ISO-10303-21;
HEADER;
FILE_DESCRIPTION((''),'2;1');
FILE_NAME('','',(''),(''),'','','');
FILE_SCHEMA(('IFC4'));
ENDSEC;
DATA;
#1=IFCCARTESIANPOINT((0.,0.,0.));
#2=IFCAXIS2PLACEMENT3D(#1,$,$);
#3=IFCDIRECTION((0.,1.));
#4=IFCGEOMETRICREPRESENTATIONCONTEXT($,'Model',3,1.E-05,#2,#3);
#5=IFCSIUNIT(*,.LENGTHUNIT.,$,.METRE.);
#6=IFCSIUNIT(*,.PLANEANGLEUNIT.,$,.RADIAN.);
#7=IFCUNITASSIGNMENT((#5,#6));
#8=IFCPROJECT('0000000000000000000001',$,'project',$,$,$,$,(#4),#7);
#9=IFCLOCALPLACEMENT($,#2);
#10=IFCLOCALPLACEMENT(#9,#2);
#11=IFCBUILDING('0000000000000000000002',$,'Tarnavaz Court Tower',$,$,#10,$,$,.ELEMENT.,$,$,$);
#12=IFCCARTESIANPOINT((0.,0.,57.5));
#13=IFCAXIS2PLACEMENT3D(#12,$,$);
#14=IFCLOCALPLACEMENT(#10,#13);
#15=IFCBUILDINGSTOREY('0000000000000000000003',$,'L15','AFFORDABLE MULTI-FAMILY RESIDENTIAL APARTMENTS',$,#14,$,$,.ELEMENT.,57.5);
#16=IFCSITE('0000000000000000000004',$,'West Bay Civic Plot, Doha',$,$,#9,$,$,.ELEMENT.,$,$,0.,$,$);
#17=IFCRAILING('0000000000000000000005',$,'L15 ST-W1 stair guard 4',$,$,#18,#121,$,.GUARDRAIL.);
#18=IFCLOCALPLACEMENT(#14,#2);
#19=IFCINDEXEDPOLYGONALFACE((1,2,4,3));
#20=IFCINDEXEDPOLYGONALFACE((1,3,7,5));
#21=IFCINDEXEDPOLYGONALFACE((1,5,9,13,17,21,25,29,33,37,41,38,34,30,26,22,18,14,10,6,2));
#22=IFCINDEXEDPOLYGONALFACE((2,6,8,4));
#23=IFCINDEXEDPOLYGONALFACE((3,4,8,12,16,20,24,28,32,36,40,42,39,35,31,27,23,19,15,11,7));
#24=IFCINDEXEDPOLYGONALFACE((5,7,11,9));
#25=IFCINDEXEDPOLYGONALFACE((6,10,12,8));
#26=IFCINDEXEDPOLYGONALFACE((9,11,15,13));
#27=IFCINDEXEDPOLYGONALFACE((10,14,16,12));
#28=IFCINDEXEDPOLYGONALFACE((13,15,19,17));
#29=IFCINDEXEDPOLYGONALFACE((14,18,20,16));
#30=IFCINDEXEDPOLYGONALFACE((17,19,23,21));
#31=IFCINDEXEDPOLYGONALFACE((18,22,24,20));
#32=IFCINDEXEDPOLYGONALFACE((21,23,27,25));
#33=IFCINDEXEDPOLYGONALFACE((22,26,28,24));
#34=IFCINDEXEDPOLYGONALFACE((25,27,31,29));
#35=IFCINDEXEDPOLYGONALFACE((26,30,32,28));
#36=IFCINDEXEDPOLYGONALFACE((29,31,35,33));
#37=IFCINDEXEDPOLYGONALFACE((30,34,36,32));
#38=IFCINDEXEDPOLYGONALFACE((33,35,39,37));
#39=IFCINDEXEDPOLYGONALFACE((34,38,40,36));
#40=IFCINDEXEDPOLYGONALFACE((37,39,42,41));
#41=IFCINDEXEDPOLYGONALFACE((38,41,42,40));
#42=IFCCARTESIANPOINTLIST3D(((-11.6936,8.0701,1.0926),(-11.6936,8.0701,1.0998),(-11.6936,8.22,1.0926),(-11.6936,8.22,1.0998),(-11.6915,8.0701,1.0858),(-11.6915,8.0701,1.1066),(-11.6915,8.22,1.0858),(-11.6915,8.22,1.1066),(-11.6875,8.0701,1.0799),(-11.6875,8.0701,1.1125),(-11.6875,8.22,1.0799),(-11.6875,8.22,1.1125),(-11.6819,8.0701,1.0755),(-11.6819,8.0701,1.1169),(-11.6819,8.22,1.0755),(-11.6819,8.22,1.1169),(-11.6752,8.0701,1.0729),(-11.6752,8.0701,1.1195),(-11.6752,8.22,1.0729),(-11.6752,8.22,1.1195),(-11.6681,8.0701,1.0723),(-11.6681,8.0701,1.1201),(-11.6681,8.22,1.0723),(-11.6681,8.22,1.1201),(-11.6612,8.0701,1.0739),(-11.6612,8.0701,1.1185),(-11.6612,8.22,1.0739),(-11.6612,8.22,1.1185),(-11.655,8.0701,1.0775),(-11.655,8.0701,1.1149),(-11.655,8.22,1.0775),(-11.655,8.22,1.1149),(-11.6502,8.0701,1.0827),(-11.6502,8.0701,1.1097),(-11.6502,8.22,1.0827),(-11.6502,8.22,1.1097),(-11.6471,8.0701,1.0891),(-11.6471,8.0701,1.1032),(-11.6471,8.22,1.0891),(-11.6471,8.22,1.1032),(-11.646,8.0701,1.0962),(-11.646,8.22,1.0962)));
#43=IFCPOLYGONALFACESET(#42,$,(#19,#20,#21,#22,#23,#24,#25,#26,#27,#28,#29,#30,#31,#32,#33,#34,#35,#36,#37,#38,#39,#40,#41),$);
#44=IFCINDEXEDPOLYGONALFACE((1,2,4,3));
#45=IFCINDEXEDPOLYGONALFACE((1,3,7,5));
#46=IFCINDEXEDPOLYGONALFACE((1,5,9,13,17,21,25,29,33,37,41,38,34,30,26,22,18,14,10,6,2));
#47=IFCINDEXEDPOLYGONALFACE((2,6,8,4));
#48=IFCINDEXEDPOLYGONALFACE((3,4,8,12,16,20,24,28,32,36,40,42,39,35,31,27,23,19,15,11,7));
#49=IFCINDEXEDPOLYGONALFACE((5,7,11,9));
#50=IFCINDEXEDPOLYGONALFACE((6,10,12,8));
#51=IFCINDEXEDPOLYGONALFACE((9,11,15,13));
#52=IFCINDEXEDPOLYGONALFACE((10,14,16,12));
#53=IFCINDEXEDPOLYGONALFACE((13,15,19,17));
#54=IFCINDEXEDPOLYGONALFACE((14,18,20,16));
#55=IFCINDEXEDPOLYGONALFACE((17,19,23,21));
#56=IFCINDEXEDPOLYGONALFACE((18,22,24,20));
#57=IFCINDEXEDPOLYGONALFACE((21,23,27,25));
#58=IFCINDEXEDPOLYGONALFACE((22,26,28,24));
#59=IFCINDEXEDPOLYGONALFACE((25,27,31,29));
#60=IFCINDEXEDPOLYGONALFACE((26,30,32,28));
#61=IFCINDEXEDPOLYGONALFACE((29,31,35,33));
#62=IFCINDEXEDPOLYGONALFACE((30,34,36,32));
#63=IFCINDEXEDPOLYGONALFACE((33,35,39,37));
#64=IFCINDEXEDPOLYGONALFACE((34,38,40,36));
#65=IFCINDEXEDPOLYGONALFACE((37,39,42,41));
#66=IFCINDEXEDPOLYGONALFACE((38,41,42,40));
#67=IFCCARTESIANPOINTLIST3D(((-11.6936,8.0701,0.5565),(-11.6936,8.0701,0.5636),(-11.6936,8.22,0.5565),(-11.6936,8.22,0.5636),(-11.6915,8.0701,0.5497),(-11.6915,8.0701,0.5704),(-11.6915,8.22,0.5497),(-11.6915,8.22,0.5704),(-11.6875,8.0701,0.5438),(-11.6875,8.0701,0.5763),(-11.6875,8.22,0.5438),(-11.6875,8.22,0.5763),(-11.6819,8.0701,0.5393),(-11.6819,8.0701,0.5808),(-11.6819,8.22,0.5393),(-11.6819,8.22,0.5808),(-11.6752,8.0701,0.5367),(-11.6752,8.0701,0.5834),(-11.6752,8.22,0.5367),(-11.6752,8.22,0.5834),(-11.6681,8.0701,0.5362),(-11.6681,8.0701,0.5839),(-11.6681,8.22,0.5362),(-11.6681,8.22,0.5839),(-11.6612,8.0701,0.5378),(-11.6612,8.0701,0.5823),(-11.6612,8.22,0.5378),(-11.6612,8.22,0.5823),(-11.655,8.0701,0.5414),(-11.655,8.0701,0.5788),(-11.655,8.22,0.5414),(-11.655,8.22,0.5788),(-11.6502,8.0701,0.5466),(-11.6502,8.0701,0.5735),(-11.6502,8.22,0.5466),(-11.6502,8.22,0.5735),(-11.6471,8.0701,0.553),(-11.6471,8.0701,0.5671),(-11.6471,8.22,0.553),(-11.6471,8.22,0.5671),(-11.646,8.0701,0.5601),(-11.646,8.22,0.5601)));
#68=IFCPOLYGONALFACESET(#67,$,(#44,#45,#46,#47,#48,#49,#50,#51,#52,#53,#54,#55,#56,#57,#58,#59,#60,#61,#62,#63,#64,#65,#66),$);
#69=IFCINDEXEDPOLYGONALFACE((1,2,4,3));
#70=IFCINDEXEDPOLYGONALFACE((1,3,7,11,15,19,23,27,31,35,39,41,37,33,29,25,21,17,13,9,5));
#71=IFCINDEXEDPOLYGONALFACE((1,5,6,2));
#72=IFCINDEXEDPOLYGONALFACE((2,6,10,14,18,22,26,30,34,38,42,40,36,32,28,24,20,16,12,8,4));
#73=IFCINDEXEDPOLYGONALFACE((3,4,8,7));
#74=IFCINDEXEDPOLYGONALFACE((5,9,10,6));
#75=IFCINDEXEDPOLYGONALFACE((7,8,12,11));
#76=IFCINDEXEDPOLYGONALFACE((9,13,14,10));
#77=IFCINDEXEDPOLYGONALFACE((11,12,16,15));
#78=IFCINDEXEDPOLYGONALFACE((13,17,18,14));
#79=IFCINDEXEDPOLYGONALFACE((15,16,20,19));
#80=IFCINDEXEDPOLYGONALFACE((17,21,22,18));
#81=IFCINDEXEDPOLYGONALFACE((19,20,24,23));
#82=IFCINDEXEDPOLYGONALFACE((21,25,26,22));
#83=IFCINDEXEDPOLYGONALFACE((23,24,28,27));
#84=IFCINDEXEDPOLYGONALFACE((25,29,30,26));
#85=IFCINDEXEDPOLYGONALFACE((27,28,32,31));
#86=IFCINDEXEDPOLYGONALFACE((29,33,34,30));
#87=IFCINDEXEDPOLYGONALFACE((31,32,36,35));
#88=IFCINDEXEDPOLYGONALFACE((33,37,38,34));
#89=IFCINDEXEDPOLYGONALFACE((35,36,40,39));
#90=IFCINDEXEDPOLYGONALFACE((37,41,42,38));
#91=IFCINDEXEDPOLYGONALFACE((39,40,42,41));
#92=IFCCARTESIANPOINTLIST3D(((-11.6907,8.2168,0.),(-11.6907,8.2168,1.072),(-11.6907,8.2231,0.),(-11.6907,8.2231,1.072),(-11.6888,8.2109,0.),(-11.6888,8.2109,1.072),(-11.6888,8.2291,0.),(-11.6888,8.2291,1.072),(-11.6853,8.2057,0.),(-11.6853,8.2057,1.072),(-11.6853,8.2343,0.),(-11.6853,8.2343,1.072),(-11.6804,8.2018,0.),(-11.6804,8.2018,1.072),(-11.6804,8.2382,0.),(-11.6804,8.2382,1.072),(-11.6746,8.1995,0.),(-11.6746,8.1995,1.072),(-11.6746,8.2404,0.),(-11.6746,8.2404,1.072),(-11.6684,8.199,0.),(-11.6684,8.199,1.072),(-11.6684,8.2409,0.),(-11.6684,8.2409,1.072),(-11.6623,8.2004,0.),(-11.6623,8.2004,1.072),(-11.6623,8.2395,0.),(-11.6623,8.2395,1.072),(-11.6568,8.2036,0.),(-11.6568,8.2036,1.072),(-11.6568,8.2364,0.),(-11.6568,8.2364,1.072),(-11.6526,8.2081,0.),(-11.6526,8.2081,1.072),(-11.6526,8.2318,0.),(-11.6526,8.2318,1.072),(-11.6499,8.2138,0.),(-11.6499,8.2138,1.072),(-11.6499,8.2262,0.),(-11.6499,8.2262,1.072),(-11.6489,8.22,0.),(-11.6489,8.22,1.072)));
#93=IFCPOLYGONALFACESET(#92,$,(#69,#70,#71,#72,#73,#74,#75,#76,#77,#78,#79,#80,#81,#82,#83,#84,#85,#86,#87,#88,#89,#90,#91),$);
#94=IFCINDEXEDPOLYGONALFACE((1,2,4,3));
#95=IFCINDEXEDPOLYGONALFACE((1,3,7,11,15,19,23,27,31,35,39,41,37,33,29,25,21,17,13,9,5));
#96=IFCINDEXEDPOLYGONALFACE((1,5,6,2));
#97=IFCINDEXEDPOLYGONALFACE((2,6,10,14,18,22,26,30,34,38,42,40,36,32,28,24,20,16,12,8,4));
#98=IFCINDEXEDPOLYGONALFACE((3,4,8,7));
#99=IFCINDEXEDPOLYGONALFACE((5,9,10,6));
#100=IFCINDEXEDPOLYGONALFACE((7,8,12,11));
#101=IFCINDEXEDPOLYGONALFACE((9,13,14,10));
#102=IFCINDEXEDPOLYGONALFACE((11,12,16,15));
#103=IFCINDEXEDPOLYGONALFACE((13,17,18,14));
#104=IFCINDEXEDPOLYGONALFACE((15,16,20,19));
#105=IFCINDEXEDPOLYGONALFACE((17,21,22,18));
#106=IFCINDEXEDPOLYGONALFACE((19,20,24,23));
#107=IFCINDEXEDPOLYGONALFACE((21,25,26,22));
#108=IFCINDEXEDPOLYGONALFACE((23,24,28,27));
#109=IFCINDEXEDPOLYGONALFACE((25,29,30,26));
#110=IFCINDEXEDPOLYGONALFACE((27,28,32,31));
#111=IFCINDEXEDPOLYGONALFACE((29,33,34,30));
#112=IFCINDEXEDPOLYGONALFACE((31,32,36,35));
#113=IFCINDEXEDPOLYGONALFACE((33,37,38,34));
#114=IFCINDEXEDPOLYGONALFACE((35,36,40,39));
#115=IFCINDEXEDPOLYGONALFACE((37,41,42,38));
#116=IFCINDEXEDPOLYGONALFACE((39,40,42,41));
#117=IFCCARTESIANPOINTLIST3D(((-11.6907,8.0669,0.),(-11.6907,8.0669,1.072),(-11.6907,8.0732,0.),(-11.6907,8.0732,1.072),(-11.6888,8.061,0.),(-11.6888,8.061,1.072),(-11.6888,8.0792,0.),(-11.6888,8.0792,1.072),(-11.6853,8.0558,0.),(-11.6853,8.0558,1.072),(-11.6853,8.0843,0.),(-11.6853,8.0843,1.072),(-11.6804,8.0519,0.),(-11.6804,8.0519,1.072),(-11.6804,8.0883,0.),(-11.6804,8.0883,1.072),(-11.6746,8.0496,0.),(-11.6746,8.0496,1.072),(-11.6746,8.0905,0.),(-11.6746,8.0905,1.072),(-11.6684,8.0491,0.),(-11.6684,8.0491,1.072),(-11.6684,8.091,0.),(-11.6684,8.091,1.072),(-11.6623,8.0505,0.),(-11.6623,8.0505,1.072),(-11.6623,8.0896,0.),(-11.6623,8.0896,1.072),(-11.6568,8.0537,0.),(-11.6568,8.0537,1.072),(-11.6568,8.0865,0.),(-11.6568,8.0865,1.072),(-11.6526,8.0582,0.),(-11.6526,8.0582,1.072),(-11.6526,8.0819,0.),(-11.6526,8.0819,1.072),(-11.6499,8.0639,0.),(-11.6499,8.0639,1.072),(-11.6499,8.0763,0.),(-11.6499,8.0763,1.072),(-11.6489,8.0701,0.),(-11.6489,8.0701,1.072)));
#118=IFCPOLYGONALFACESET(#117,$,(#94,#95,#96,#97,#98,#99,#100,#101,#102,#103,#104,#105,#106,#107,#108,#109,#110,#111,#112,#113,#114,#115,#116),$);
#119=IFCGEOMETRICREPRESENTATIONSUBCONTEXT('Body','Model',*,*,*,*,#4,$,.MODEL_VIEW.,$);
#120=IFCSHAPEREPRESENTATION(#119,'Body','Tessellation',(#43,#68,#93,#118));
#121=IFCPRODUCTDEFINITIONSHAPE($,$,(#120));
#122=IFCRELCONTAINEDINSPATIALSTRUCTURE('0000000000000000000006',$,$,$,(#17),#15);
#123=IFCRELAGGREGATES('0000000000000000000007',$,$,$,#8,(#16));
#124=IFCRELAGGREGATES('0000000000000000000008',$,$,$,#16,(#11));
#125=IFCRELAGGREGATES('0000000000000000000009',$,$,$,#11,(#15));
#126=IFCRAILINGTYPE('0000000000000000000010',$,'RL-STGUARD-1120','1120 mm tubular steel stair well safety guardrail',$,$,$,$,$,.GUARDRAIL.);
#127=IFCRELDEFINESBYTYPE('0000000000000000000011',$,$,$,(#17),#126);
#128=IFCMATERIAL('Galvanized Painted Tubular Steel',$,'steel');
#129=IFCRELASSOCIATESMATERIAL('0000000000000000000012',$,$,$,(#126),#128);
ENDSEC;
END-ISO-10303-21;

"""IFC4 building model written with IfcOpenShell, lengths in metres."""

from ifc_helpers import new_model, si_unit, direction, frame, origin, origin_2d, place, context, subcontext, project, spatial, circle, extrude, material, type_object, element, save


model = new_model("IFC4")

# Units and contexts
model_context = context("Model", 3, precision=1e-05, world=origin(), true_north=direction((0.0, 1.0)))
body_context = subcontext(model_context, "Body", "Model", "MODEL_VIEW")
ifc_project = project(units=[si_unit("LENGTHUNIT", "METRE"), si_unit("PLANEANGLEUNIT", "RADIAN")], contexts=[model_context])

# Site, building, storey
site_placement = place(None, origin())
site = spatial("IfcSite", under=ifc_project, at=site_placement, Name="West Bay Civic Plot, Doha", CompositionType="ELEMENT", RefElevation=0.0)
building_placement = place(site_placement, origin())
building = spatial("IfcBuilding", under=site, at=building_placement, Name="Tarnavaz Court Tower", CompositionType="ELEMENT")
storey_placement = place(building_placement, frame((0.0, 0.0, 57.5)))
storey = spatial("IfcBuildingStorey", under=building, at=storey_placement, Name="L15", Description="AFFORDABLE MULTI-FAMILY RESIDENTIAL APARTMENTS", CompositionType="ELEMENT", Elevation=57.5)

# Railing
ifc_material_1 = material(Name="Galvanized Painted Tubular Steel", Category="steel")
railing_type_1 = type_object("IfcRailingType", Name="RL-STGUARD-1120", Description="1120 mm tubular steel stair well safety guardrail", PredefinedType="GUARDRAIL", material=ifc_material_1)
railing_1_placement = place(storey_placement, frame((-11.6699, 8.22, 0.0)))
element("IfcRailing", 1, at=railing_1_placement, inside=storey, type_object=railing_type_1, Name="L15 ST-W1 stair guard 4", PredefinedType="GUARDRAIL", context=body_context, shape_type="SweptSolid", body=[
    extrude(circle(Radius=0.0239, at=origin_2d()), frame((0.0, 0.0, 1.0962), z_axis=(0.0, -1.0, 0.0), x_axis=(1.0, 0.0, 0.0)), (0.0, 0.0, 1.0), 0.1499),
    extrude(circle(Radius=0.0239, at=origin_2d()), frame((0.0, 0.0, 0.5601), z_axis=(0.0, -1.0, 0.0), x_axis=(1.0, 0.0, 0.0)), (0.0, 0.0, 1.0), 0.1499),
    extrude(circle(Radius=0.021, at=origin_2d()), origin(), (0.0, 0.0, 1.0), 1.072),
    extrude(circle(Radius=0.021, at=origin_2d()), frame((0.0, -0.1499, 0.0)), (0.0, 0.0, 1.0), 1.072),
])

save(model, "model.ifc")
